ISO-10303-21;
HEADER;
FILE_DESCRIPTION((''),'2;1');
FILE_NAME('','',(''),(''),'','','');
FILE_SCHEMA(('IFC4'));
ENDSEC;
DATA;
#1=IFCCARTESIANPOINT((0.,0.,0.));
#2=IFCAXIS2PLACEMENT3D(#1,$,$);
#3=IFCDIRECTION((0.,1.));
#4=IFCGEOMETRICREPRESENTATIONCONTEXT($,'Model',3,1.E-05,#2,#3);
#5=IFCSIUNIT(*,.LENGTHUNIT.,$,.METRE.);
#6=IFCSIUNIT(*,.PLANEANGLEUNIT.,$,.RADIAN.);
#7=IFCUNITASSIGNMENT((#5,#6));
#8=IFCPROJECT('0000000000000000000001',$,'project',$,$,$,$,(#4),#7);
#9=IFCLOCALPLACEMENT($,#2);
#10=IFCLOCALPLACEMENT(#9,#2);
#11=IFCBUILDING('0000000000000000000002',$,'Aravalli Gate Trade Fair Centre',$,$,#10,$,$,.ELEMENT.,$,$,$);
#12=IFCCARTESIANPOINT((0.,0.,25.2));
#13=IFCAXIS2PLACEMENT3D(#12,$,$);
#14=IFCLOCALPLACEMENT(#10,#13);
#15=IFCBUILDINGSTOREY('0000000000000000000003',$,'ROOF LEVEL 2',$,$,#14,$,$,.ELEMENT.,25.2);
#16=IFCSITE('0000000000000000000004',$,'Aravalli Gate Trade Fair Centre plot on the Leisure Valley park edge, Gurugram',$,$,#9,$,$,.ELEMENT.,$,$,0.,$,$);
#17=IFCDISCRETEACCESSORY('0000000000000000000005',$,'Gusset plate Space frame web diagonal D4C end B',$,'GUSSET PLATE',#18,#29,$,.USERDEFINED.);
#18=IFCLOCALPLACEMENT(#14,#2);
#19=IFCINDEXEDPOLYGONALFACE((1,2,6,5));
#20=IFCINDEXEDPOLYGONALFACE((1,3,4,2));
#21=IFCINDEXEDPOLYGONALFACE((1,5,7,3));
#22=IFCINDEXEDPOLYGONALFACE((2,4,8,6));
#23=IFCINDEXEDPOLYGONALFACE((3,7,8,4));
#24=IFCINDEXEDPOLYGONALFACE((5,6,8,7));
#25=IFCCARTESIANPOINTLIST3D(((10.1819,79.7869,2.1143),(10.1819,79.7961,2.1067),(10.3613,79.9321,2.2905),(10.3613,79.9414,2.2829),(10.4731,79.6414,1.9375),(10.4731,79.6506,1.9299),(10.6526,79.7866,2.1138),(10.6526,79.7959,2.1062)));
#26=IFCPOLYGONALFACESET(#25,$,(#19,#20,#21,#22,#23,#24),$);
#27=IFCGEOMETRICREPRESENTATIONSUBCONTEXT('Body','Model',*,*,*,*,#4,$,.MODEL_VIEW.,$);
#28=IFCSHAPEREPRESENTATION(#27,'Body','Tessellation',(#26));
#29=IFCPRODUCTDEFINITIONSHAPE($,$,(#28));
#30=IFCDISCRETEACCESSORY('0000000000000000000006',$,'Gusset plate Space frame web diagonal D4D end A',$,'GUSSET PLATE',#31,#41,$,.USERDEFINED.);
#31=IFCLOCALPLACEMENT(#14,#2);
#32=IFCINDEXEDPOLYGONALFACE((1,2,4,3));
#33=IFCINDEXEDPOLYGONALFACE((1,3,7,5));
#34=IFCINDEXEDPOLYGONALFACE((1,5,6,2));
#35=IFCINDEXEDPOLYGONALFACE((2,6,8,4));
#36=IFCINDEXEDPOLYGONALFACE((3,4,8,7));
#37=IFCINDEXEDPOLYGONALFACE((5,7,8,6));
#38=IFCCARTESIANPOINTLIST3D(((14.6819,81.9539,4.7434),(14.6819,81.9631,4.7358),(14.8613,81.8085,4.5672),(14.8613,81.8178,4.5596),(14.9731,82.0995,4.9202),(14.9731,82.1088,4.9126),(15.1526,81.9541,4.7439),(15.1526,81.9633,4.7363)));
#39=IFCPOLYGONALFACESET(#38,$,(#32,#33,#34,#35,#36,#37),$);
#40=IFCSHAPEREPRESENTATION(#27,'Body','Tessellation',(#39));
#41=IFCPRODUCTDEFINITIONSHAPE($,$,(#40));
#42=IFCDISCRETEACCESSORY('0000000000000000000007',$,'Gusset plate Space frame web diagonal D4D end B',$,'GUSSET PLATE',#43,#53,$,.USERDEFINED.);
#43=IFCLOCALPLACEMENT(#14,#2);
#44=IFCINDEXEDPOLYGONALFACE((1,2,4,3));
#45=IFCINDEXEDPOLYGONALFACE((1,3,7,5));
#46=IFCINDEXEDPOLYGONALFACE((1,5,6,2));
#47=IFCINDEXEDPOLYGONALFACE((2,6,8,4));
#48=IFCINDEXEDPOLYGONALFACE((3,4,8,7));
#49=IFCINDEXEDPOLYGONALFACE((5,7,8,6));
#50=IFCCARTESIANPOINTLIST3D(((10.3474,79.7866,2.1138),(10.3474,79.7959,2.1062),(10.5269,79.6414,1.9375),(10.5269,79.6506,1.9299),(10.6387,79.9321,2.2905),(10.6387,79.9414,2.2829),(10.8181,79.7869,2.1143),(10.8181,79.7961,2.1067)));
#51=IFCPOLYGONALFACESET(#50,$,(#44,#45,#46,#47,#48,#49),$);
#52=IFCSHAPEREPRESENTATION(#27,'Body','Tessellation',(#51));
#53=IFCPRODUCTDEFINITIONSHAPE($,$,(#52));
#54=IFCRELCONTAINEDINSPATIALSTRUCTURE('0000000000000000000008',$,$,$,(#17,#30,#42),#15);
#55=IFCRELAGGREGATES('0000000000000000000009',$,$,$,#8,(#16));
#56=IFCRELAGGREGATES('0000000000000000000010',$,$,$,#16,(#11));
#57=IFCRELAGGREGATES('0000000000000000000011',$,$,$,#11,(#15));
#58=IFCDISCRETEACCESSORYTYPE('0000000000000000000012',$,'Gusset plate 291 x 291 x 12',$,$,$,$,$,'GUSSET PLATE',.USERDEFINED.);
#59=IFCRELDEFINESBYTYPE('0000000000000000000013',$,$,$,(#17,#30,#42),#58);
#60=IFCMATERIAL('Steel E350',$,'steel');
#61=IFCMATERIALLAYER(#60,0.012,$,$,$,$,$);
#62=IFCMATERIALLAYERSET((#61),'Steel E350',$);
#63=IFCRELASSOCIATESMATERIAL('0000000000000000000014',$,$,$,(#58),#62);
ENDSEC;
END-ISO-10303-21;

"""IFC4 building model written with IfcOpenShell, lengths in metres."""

from ifc_helpers import new_model, si_unit, direction, frame, origin, place, context, subcontext, project, spatial, polyline, outline, extrude, material, layer, layer_set, type_object, element, save


model = new_model("IFC4")

# Units and contexts
model_context = context("Model", 3, precision=1e-05, world=origin(), true_north=direction((0.0, 1.0)))
body_context = subcontext(model_context, "Body", "Model", "MODEL_VIEW")
ifc_project = project(units=[si_unit("LENGTHUNIT", "METRE"), si_unit("PLANEANGLEUNIT", "RADIAN")], contexts=[model_context])

# Site, building, storey
site_placement = place(None, origin())
site = spatial("IfcSite", under=ifc_project, at=site_placement, Name="Aravalli Gate Trade Fair Centre plot on the Leisure Valley park edge, Gurugram", CompositionType="ELEMENT", RefElevation=0.0)
building_placement = place(site_placement, origin())
building = spatial("IfcBuilding", under=site, at=building_placement, Name="Aravalli Gate Trade Fair Centre", CompositionType="ELEMENT")
storey_placement = place(building_placement, frame((0.0, 0.0, 25.2)))
storey = spatial("IfcBuildingStorey", under=building, at=storey_placement, Name="ROOF LEVEL 2", CompositionType="ELEMENT", Elevation=25.2)

# Shared definitions
ifc_material_1 = material(Name="Steel E350", Category="steel")

# Discrete accessories
ifc_layer_1 = layer(ifc_material_1, 0.012)
ifc_layer_set_1 = layer_set([ifc_layer_1], Name="Steel E350")
discrete_accessory_type = type_object("IfcDiscreteAccessoryType", Name="Gusset plate 291 x 291 x 12", ElementType="GUSSET PLATE", PredefinedType="USERDEFINED", material=ifc_layer_set_1)
discrete_accessory_1_placement = place(storey_placement, frame((10.1819, 79.7869, 2.1143), z_axis=(0.000259, -0.771844, 0.635812), x_axis=(0.78619, -0.392765, -0.477118)))
element("IfcDiscreteAccessory", 1, at=discrete_accessory_1_placement, inside=storey, type_object=discrete_accessory_type, Name="Gusset plate Space frame web diagonal D4C end B", ObjectType="GUSSET PLATE", PredefinedType="USERDEFINED", context=body_context, shape_type="SweptSolid", body=[
    extrude(outline(polyline([(0.0, 0.0), (0.3705, 0.0), (0.3704, 0.2905), (-0.0001, 0.2905), (0.0, 0.0)])), origin(), (0.0, 0.0, -1.0), 0.012),
])
discrete_accessory_2_placement = place(storey_placement, frame((14.6819, 81.9539, 4.7434), z_axis=(-0.00026, -0.771582, 0.63613), x_axis=(0.785986, 0.393126, 0.477156)))
element("IfcDiscreteAccessory", 2, at=discrete_accessory_2_placement, inside=storey, type_object=discrete_accessory_type, Name="Gusset plate Space frame web diagonal D4D end A", ObjectType="GUSSET PLATE", PredefinedType="USERDEFINED", context=body_context, shape_type="SweptSolid", body=[
    extrude(outline(polyline([(0.0, 0.0), (0.3706, 0.0), (0.3703, -0.2906), (-0.0002, -0.2905), (0.0, 0.0)])), origin(), (0.0, 0.0, -1.0), 0.012),
])
discrete_accessory_3_placement = place(storey_placement, frame((10.6387, 79.9321, 2.2905), z_axis=(-0.000259, -0.771844, 0.635812), x_axis=(-0.78619, -0.392765, -0.477118)))
element("IfcDiscreteAccessory", 3, at=discrete_accessory_3_placement, inside=storey, type_object=discrete_accessory_type, Name="Gusset plate Space frame web diagonal D4D end B", ObjectType="GUSSET PLATE", PredefinedType="USERDEFINED", context=body_context, shape_type="SweptSolid", body=[
    extrude(outline(polyline([(0.0, 0.0), (0.3705, 0.0), (0.3705, 0.2905), (0.0001, 0.2905), (0.0, 0.0)])), origin(), (0.0, 0.0, -1.0), 0.012),
])

save(model, "model.ifc")
